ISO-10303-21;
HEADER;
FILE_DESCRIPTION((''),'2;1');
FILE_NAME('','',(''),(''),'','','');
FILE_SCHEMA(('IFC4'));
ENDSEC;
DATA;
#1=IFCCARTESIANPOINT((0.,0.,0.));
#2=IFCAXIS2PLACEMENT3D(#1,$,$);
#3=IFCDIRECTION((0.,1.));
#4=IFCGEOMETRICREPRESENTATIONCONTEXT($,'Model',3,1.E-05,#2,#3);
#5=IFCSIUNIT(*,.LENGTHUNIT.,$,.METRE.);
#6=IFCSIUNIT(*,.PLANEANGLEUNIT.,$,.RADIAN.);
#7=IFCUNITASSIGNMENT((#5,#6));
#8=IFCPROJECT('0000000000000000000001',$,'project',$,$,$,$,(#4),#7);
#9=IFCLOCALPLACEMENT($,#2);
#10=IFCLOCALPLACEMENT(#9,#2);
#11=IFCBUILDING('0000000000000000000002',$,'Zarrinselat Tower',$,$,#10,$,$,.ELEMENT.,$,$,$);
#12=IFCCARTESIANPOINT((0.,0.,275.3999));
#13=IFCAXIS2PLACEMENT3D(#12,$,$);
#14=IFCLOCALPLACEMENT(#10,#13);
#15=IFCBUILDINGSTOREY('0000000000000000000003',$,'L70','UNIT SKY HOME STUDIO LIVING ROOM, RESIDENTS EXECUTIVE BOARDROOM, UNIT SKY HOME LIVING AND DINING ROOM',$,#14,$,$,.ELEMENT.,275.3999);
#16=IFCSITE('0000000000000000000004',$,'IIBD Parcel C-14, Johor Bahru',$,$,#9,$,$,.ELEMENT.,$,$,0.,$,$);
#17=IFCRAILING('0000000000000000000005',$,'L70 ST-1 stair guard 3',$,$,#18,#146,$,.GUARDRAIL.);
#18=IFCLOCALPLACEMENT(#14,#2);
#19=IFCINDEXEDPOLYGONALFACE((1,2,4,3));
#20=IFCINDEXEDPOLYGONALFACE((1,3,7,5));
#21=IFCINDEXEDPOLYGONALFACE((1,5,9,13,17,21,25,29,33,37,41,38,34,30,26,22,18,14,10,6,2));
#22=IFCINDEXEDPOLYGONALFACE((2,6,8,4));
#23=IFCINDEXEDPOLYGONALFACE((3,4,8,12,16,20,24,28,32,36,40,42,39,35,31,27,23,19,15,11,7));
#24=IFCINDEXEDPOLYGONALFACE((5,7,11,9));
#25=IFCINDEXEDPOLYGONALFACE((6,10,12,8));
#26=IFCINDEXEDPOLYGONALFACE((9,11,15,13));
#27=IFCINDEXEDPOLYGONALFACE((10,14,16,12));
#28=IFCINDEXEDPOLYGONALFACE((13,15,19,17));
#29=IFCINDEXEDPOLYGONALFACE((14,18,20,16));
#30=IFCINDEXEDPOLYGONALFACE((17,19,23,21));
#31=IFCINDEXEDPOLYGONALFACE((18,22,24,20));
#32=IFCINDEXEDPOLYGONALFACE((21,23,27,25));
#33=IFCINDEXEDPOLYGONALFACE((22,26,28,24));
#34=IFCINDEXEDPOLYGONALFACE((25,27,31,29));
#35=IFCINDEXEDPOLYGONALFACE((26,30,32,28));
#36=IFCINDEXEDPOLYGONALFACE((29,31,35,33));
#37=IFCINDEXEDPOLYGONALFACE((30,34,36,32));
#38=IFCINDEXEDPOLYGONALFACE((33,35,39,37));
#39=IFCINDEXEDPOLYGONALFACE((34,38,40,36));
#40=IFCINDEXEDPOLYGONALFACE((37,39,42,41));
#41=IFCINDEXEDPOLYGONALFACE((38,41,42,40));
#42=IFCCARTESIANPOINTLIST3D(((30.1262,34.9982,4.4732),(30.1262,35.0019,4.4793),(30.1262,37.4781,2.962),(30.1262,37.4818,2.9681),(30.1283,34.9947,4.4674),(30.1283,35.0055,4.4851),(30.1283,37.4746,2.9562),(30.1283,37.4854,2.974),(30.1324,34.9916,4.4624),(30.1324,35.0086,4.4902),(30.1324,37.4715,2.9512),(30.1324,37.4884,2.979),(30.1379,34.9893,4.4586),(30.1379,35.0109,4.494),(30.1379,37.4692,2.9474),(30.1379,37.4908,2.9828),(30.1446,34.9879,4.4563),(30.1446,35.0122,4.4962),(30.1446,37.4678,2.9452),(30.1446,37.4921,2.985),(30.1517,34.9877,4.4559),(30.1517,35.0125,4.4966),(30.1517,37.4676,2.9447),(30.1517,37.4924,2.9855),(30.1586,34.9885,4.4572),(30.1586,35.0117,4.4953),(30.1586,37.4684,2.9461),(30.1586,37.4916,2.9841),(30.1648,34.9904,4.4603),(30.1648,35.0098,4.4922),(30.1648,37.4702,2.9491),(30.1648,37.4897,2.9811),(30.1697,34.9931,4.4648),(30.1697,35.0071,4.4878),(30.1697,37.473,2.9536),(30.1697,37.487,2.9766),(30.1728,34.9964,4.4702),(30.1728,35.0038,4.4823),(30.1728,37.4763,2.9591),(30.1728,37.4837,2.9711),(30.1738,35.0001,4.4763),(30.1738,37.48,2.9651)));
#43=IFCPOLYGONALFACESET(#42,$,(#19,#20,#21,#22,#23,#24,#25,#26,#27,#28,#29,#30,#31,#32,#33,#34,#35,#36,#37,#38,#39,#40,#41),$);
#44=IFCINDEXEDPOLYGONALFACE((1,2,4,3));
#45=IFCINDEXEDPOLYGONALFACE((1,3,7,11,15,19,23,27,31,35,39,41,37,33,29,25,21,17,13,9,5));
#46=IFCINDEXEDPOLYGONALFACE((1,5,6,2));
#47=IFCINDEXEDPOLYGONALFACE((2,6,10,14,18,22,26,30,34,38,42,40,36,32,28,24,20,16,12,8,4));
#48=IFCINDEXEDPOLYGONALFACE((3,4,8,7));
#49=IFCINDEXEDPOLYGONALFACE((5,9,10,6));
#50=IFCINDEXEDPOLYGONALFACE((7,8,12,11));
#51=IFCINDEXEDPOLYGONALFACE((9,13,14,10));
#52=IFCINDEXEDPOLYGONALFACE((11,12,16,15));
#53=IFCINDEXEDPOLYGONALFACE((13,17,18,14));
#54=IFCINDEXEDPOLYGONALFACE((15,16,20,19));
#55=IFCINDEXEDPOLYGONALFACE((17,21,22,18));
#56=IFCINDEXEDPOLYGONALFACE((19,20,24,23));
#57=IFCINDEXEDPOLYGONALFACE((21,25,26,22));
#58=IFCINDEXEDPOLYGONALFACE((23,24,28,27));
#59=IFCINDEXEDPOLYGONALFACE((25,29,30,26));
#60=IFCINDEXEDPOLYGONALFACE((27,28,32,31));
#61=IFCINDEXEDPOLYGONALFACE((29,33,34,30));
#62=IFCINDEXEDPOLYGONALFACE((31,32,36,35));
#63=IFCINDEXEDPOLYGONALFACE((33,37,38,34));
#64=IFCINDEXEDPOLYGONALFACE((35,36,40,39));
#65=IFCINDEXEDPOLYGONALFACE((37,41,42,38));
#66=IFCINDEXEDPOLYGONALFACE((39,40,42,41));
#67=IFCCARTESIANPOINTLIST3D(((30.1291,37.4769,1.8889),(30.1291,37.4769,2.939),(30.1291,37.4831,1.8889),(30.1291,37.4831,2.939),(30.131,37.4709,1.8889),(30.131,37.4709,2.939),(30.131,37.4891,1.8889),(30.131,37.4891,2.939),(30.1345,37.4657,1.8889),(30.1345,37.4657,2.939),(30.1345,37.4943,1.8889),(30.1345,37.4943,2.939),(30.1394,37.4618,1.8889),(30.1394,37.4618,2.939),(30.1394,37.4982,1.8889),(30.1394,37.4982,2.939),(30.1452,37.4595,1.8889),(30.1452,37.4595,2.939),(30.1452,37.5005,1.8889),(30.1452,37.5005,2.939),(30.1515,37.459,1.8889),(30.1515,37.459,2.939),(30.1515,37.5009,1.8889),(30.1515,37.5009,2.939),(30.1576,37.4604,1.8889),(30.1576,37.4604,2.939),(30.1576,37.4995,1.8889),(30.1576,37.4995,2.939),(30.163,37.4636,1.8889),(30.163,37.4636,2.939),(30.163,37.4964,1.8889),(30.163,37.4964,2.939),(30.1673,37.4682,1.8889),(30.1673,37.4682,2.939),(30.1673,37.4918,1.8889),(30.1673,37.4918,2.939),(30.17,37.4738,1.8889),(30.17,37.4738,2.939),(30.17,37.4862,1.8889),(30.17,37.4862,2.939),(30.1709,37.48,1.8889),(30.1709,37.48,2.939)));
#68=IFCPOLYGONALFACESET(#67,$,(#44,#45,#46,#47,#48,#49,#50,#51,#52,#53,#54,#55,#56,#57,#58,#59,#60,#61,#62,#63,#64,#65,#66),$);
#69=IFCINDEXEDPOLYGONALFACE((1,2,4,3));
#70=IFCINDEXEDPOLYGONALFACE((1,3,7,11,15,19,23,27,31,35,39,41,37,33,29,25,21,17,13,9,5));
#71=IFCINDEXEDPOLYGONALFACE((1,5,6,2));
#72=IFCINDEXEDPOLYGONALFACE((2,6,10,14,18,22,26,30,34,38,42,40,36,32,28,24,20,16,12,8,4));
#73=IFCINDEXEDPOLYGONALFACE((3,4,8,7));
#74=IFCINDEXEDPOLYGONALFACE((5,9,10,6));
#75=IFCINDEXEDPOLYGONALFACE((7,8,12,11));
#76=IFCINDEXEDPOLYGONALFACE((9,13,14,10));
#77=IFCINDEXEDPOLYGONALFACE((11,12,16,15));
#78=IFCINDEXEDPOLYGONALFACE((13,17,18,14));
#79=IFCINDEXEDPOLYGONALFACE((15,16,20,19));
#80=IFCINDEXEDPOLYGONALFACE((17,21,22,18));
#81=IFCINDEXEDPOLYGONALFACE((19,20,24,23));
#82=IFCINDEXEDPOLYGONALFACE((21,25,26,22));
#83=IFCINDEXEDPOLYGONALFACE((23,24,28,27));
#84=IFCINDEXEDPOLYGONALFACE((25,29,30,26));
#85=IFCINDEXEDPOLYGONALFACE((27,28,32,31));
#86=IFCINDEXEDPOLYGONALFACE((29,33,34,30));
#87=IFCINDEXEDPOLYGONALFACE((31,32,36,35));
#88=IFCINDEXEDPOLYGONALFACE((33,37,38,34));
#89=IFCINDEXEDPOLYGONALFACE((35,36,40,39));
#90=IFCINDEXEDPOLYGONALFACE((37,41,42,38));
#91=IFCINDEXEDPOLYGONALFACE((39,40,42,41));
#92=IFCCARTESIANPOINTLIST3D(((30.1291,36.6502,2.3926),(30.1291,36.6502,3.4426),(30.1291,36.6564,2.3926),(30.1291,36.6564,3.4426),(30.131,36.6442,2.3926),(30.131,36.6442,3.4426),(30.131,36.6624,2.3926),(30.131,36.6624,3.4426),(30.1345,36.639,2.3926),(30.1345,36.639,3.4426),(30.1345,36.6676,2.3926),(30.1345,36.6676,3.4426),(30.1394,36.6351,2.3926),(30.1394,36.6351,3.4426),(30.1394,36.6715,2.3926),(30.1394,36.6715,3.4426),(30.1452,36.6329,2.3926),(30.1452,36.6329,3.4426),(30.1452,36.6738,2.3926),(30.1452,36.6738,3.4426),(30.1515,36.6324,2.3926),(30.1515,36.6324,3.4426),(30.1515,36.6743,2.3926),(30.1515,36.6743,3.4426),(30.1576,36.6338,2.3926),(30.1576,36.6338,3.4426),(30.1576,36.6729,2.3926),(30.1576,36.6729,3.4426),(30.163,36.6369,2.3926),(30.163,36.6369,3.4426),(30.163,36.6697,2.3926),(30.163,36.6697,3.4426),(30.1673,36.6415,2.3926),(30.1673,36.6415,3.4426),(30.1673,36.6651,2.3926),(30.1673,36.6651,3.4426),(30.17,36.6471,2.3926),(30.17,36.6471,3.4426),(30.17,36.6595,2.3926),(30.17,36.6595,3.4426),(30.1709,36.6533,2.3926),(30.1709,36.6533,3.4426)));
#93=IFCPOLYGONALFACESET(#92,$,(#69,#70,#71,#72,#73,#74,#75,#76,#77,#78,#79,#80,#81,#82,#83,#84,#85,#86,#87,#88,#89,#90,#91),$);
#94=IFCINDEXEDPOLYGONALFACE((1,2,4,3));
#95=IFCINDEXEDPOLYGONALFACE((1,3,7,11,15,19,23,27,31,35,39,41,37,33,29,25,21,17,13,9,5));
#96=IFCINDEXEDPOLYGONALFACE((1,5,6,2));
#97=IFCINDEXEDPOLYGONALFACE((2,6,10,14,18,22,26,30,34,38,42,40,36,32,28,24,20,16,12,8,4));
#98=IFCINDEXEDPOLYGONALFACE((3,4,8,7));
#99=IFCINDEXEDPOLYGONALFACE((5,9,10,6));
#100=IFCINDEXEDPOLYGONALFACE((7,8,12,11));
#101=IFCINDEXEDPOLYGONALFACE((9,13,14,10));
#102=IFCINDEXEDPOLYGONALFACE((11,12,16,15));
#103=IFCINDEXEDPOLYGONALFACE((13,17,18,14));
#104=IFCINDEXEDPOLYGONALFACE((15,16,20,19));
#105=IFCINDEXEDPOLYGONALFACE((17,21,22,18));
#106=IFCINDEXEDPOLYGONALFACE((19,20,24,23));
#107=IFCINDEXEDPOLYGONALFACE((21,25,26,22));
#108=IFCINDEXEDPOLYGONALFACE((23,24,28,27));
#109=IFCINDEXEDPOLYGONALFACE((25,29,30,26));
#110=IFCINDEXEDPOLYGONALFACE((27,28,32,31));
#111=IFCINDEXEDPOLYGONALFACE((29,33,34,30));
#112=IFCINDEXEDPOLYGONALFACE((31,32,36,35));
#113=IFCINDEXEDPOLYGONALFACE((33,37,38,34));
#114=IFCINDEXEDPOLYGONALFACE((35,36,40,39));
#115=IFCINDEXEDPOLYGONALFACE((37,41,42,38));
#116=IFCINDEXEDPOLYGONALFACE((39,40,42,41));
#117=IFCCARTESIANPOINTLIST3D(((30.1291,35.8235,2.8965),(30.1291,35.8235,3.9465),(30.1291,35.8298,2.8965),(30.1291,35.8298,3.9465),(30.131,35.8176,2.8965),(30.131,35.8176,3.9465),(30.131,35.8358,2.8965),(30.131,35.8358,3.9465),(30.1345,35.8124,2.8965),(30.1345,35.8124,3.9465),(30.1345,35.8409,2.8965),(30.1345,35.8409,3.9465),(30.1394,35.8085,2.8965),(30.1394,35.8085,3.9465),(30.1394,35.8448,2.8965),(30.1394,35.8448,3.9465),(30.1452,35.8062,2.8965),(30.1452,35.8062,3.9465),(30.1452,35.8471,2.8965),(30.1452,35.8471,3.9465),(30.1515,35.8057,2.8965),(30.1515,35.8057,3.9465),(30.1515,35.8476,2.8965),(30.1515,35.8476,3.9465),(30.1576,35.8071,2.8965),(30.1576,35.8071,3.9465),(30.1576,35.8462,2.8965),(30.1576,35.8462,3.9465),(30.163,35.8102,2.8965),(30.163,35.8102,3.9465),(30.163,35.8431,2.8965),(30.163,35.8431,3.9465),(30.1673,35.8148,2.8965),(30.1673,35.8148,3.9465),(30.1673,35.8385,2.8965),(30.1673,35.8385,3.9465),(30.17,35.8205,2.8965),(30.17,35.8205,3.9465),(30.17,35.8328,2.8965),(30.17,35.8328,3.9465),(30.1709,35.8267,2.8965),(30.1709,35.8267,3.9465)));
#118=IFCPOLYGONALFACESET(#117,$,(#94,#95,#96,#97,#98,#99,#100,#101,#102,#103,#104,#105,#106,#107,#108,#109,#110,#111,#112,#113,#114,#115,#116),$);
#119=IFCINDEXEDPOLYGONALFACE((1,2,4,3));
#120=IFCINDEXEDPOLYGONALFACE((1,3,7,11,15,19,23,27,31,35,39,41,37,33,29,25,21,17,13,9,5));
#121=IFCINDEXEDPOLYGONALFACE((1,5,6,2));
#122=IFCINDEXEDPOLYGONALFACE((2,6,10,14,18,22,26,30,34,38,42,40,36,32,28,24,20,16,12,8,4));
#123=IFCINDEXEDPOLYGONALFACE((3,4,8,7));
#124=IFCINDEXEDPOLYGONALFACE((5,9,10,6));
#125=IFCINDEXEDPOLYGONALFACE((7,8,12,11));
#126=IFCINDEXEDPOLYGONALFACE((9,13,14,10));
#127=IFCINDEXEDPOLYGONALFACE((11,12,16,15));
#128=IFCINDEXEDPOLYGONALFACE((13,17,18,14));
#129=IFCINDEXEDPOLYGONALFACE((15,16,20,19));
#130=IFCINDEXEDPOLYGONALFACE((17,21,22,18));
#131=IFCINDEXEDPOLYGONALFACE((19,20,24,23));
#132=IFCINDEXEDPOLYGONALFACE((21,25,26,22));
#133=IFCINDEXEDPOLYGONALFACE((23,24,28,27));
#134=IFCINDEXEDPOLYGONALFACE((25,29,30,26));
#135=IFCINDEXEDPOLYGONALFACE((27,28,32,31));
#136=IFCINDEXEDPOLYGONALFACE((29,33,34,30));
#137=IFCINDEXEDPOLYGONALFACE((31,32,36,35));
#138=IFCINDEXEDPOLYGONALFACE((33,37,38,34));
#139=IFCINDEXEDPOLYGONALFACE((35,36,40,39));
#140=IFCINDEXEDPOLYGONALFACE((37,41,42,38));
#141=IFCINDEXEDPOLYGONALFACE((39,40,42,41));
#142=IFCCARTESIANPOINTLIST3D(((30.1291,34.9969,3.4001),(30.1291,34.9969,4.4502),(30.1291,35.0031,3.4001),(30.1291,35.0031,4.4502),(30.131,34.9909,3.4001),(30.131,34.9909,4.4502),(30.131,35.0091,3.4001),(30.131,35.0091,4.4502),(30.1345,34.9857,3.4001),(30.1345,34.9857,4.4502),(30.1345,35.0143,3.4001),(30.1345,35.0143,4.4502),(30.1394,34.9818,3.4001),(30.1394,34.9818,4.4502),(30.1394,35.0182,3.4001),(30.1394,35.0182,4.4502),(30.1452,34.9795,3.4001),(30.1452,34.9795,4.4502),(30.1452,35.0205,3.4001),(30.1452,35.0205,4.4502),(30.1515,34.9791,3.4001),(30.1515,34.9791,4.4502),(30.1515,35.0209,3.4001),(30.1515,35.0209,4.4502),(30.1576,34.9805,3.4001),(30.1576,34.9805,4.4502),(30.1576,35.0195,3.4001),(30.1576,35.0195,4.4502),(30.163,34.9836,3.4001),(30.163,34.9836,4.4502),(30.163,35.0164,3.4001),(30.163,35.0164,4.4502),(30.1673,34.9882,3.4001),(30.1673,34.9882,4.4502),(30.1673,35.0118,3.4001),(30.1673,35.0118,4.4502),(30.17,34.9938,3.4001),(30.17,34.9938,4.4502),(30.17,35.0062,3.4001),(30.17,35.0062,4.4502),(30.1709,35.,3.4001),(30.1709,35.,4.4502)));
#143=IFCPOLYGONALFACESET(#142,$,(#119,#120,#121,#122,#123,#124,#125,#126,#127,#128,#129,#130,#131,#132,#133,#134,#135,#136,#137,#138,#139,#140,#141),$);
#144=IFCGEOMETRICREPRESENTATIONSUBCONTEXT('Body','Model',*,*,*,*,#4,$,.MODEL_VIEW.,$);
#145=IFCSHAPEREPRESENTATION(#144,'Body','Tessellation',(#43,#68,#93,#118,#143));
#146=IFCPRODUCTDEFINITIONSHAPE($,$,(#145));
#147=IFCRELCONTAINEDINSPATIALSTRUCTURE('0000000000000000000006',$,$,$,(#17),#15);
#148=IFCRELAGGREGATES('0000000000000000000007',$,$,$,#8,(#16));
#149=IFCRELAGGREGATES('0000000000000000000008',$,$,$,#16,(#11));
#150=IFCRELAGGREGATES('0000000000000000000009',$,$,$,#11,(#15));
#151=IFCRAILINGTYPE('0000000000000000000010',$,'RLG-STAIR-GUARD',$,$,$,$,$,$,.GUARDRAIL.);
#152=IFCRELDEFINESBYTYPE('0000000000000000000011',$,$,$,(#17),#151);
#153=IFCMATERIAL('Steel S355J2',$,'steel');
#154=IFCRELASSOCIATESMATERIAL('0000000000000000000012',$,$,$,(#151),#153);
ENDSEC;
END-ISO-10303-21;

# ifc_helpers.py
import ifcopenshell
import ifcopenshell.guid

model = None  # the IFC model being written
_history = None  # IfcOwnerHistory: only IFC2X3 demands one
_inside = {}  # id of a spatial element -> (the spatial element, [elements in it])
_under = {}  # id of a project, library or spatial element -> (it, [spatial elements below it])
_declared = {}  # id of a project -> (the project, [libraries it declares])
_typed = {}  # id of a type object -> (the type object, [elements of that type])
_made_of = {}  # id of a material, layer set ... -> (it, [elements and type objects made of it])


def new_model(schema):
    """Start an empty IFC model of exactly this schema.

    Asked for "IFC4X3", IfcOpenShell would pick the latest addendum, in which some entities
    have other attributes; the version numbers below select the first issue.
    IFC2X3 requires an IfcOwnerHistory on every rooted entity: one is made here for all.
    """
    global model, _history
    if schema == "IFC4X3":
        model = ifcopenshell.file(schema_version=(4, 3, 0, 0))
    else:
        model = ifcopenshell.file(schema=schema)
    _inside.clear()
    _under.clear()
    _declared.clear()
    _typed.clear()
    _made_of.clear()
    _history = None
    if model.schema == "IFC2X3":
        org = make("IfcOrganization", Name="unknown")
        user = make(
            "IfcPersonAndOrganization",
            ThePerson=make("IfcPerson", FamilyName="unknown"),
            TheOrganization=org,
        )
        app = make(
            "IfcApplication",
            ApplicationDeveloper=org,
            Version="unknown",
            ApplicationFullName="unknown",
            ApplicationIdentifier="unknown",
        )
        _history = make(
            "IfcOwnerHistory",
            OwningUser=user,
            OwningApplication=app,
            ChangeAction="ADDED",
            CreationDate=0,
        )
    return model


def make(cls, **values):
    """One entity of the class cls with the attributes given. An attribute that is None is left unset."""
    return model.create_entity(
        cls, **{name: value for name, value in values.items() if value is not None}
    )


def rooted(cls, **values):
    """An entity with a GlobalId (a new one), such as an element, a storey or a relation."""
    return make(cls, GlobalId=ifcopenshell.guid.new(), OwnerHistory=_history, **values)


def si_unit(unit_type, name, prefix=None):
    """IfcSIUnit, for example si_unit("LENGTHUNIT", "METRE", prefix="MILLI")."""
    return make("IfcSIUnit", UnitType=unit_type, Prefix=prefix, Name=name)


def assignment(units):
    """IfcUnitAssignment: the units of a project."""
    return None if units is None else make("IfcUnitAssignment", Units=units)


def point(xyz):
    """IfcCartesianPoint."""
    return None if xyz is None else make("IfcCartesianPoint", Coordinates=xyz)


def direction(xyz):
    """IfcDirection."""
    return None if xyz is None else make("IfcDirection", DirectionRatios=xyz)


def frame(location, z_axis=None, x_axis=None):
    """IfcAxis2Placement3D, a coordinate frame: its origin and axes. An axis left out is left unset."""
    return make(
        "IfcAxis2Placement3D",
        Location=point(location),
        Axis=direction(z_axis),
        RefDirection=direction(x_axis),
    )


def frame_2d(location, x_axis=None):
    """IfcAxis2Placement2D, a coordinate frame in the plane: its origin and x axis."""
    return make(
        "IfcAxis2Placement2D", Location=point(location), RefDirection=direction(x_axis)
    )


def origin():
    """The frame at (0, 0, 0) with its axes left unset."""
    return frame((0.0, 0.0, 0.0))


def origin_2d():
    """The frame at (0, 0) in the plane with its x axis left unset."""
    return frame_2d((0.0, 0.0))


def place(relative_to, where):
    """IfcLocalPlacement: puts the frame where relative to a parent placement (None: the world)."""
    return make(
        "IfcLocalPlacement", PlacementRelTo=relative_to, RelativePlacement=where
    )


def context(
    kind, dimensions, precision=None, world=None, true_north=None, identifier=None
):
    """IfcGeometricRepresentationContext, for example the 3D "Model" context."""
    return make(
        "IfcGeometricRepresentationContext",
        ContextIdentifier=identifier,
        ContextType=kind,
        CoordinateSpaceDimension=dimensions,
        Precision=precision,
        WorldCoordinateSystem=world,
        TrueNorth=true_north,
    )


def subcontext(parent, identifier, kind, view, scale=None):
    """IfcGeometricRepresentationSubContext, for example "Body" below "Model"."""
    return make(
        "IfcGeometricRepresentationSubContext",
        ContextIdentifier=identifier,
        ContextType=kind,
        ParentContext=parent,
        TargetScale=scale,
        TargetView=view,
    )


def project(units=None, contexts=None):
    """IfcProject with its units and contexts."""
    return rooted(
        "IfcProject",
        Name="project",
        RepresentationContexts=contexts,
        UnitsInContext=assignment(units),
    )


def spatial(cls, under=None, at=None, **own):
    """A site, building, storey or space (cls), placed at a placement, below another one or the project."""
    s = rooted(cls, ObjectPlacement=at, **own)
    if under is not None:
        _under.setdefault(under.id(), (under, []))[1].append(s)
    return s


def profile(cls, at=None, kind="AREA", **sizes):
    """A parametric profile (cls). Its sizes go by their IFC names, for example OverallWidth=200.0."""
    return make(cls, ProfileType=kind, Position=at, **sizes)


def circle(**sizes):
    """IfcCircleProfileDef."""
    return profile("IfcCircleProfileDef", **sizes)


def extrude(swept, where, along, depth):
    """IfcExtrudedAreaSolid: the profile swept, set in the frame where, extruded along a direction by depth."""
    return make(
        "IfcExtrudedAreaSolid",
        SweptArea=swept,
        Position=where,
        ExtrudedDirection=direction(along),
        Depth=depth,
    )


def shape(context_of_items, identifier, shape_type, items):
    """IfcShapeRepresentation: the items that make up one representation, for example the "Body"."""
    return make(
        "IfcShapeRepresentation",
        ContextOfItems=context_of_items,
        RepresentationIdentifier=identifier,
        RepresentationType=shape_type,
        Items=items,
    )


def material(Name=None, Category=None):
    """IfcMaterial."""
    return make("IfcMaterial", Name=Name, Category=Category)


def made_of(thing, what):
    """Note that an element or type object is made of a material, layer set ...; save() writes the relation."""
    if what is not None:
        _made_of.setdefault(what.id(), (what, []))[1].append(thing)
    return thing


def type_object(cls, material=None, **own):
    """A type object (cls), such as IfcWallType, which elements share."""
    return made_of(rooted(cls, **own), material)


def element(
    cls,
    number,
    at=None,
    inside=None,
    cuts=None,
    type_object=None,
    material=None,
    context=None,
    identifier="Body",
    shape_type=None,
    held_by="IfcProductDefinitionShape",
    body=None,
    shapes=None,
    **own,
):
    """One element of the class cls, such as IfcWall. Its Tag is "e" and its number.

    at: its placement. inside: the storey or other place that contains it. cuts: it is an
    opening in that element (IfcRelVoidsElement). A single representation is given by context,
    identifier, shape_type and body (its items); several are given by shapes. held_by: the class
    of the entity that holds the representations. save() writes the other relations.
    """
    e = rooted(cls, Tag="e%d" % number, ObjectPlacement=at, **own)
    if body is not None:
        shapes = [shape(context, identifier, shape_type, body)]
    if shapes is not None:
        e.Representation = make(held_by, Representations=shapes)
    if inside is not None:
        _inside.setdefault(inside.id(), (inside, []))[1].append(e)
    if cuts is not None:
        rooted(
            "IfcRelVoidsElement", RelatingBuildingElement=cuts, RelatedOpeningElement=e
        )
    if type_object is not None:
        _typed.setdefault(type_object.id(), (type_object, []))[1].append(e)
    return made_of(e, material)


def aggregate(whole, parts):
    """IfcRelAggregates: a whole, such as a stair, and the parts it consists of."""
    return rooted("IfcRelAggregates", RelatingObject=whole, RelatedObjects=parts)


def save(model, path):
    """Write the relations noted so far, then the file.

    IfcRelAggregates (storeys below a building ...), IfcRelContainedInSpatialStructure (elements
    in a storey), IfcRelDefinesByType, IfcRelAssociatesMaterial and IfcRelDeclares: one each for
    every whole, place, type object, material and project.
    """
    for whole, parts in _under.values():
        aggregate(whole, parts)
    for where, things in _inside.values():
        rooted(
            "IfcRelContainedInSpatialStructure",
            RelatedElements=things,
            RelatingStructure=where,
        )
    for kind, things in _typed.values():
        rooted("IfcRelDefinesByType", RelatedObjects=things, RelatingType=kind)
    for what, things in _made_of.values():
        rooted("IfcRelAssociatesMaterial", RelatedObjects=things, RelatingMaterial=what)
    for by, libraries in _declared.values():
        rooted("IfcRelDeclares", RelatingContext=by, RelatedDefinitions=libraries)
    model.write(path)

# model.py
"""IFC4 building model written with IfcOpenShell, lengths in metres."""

from ifc_helpers import new_model, si_unit, direction, frame, origin, origin_2d, place, context, subcontext, project, spatial, circle, extrude, material, type_object, element, save


model = new_model("IFC4")

# Units and contexts
model_context = context("Model", 3, precision=1e-05, world=origin(), true_north=direction((0.0, 1.0)))
body_context = subcontext(model_context, "Body", "Model", "MODEL_VIEW")
ifc_project = project(units=[si_unit("LENGTHUNIT", "METRE"), si_unit("PLANEANGLEUNIT", "RADIAN")], contexts=[model_context])

# Site, building, storey
site_placement = place(None, origin())
site = spatial("IfcSite", under=ifc_project, at=site_placement, Name="IIBD Parcel C-14, Johor Bahru", CompositionType="ELEMENT", RefElevation=0.0)
building_placement = place(site_placement, origin())
building = spatial("IfcBuilding", under=site, at=building_placement, Name="Zarrinselat Tower", CompositionType="ELEMENT")
storey_placement = place(building_placement, frame((0.0, 0.0, 275.3999)))
storey = spatial("IfcBuildingStorey", under=building, at=storey_placement, Name="L70", Description="UNIT SKY HOME STUDIO LIVING ROOM, RESIDENTS EXECUTIVE BOARDROOM, UNIT SKY HOME LIVING AND DINING ROOM", CompositionType="ELEMENT", Elevation=275.3999)

# Railing
ifc_material_1 = material(Name="Steel S355J2", Category="steel")
railing_type_1 = type_object("IfcRailingType", Name="RLG-STAIR-GUARD", PredefinedType="GUARDRAIL", material=ifc_material_1)
railing_1_placement = place(storey_placement, frame((30.1499, 37.48, 1.8889)))
element("IfcRailing", 1, at=railing_1_placement, inside=storey, type_object=railing_type_1, Name="L70 ST-1 stair guard 3", PredefinedType="GUARDRAIL", context=body_context, shape_type="SweptSolid", body=[
    extrude(circle(Radius=0.0239, at=origin_2d()), frame((0.0, 0.0, 1.0762), z_axis=(0.0, -0.853942, 0.520368), x_axis=(1.0, 0.0, 0.0)), (0.0, 0.0, 1.0), 2.9041),
    extrude(circle(Radius=0.021, at=origin_2d()), origin(), (0.0, 0.0, 1.0), 1.05),
    extrude(circle(Radius=0.021, at=origin_2d()), frame((0.0, -0.8267, 0.5037)), (0.0, 0.0, 1.0), 1.05),
    extrude(circle(Radius=0.021, at=origin_2d()), frame((0.0, -1.6533, 1.0076)), (0.0, 0.0, 1.0), 1.05),
    extrude(circle(Radius=0.021, at=origin_2d()), frame((0.0, -2.48, 1.5112)), (0.0, 0.0, 1.0), 1.05),
])

save(model, "model.ifc")
